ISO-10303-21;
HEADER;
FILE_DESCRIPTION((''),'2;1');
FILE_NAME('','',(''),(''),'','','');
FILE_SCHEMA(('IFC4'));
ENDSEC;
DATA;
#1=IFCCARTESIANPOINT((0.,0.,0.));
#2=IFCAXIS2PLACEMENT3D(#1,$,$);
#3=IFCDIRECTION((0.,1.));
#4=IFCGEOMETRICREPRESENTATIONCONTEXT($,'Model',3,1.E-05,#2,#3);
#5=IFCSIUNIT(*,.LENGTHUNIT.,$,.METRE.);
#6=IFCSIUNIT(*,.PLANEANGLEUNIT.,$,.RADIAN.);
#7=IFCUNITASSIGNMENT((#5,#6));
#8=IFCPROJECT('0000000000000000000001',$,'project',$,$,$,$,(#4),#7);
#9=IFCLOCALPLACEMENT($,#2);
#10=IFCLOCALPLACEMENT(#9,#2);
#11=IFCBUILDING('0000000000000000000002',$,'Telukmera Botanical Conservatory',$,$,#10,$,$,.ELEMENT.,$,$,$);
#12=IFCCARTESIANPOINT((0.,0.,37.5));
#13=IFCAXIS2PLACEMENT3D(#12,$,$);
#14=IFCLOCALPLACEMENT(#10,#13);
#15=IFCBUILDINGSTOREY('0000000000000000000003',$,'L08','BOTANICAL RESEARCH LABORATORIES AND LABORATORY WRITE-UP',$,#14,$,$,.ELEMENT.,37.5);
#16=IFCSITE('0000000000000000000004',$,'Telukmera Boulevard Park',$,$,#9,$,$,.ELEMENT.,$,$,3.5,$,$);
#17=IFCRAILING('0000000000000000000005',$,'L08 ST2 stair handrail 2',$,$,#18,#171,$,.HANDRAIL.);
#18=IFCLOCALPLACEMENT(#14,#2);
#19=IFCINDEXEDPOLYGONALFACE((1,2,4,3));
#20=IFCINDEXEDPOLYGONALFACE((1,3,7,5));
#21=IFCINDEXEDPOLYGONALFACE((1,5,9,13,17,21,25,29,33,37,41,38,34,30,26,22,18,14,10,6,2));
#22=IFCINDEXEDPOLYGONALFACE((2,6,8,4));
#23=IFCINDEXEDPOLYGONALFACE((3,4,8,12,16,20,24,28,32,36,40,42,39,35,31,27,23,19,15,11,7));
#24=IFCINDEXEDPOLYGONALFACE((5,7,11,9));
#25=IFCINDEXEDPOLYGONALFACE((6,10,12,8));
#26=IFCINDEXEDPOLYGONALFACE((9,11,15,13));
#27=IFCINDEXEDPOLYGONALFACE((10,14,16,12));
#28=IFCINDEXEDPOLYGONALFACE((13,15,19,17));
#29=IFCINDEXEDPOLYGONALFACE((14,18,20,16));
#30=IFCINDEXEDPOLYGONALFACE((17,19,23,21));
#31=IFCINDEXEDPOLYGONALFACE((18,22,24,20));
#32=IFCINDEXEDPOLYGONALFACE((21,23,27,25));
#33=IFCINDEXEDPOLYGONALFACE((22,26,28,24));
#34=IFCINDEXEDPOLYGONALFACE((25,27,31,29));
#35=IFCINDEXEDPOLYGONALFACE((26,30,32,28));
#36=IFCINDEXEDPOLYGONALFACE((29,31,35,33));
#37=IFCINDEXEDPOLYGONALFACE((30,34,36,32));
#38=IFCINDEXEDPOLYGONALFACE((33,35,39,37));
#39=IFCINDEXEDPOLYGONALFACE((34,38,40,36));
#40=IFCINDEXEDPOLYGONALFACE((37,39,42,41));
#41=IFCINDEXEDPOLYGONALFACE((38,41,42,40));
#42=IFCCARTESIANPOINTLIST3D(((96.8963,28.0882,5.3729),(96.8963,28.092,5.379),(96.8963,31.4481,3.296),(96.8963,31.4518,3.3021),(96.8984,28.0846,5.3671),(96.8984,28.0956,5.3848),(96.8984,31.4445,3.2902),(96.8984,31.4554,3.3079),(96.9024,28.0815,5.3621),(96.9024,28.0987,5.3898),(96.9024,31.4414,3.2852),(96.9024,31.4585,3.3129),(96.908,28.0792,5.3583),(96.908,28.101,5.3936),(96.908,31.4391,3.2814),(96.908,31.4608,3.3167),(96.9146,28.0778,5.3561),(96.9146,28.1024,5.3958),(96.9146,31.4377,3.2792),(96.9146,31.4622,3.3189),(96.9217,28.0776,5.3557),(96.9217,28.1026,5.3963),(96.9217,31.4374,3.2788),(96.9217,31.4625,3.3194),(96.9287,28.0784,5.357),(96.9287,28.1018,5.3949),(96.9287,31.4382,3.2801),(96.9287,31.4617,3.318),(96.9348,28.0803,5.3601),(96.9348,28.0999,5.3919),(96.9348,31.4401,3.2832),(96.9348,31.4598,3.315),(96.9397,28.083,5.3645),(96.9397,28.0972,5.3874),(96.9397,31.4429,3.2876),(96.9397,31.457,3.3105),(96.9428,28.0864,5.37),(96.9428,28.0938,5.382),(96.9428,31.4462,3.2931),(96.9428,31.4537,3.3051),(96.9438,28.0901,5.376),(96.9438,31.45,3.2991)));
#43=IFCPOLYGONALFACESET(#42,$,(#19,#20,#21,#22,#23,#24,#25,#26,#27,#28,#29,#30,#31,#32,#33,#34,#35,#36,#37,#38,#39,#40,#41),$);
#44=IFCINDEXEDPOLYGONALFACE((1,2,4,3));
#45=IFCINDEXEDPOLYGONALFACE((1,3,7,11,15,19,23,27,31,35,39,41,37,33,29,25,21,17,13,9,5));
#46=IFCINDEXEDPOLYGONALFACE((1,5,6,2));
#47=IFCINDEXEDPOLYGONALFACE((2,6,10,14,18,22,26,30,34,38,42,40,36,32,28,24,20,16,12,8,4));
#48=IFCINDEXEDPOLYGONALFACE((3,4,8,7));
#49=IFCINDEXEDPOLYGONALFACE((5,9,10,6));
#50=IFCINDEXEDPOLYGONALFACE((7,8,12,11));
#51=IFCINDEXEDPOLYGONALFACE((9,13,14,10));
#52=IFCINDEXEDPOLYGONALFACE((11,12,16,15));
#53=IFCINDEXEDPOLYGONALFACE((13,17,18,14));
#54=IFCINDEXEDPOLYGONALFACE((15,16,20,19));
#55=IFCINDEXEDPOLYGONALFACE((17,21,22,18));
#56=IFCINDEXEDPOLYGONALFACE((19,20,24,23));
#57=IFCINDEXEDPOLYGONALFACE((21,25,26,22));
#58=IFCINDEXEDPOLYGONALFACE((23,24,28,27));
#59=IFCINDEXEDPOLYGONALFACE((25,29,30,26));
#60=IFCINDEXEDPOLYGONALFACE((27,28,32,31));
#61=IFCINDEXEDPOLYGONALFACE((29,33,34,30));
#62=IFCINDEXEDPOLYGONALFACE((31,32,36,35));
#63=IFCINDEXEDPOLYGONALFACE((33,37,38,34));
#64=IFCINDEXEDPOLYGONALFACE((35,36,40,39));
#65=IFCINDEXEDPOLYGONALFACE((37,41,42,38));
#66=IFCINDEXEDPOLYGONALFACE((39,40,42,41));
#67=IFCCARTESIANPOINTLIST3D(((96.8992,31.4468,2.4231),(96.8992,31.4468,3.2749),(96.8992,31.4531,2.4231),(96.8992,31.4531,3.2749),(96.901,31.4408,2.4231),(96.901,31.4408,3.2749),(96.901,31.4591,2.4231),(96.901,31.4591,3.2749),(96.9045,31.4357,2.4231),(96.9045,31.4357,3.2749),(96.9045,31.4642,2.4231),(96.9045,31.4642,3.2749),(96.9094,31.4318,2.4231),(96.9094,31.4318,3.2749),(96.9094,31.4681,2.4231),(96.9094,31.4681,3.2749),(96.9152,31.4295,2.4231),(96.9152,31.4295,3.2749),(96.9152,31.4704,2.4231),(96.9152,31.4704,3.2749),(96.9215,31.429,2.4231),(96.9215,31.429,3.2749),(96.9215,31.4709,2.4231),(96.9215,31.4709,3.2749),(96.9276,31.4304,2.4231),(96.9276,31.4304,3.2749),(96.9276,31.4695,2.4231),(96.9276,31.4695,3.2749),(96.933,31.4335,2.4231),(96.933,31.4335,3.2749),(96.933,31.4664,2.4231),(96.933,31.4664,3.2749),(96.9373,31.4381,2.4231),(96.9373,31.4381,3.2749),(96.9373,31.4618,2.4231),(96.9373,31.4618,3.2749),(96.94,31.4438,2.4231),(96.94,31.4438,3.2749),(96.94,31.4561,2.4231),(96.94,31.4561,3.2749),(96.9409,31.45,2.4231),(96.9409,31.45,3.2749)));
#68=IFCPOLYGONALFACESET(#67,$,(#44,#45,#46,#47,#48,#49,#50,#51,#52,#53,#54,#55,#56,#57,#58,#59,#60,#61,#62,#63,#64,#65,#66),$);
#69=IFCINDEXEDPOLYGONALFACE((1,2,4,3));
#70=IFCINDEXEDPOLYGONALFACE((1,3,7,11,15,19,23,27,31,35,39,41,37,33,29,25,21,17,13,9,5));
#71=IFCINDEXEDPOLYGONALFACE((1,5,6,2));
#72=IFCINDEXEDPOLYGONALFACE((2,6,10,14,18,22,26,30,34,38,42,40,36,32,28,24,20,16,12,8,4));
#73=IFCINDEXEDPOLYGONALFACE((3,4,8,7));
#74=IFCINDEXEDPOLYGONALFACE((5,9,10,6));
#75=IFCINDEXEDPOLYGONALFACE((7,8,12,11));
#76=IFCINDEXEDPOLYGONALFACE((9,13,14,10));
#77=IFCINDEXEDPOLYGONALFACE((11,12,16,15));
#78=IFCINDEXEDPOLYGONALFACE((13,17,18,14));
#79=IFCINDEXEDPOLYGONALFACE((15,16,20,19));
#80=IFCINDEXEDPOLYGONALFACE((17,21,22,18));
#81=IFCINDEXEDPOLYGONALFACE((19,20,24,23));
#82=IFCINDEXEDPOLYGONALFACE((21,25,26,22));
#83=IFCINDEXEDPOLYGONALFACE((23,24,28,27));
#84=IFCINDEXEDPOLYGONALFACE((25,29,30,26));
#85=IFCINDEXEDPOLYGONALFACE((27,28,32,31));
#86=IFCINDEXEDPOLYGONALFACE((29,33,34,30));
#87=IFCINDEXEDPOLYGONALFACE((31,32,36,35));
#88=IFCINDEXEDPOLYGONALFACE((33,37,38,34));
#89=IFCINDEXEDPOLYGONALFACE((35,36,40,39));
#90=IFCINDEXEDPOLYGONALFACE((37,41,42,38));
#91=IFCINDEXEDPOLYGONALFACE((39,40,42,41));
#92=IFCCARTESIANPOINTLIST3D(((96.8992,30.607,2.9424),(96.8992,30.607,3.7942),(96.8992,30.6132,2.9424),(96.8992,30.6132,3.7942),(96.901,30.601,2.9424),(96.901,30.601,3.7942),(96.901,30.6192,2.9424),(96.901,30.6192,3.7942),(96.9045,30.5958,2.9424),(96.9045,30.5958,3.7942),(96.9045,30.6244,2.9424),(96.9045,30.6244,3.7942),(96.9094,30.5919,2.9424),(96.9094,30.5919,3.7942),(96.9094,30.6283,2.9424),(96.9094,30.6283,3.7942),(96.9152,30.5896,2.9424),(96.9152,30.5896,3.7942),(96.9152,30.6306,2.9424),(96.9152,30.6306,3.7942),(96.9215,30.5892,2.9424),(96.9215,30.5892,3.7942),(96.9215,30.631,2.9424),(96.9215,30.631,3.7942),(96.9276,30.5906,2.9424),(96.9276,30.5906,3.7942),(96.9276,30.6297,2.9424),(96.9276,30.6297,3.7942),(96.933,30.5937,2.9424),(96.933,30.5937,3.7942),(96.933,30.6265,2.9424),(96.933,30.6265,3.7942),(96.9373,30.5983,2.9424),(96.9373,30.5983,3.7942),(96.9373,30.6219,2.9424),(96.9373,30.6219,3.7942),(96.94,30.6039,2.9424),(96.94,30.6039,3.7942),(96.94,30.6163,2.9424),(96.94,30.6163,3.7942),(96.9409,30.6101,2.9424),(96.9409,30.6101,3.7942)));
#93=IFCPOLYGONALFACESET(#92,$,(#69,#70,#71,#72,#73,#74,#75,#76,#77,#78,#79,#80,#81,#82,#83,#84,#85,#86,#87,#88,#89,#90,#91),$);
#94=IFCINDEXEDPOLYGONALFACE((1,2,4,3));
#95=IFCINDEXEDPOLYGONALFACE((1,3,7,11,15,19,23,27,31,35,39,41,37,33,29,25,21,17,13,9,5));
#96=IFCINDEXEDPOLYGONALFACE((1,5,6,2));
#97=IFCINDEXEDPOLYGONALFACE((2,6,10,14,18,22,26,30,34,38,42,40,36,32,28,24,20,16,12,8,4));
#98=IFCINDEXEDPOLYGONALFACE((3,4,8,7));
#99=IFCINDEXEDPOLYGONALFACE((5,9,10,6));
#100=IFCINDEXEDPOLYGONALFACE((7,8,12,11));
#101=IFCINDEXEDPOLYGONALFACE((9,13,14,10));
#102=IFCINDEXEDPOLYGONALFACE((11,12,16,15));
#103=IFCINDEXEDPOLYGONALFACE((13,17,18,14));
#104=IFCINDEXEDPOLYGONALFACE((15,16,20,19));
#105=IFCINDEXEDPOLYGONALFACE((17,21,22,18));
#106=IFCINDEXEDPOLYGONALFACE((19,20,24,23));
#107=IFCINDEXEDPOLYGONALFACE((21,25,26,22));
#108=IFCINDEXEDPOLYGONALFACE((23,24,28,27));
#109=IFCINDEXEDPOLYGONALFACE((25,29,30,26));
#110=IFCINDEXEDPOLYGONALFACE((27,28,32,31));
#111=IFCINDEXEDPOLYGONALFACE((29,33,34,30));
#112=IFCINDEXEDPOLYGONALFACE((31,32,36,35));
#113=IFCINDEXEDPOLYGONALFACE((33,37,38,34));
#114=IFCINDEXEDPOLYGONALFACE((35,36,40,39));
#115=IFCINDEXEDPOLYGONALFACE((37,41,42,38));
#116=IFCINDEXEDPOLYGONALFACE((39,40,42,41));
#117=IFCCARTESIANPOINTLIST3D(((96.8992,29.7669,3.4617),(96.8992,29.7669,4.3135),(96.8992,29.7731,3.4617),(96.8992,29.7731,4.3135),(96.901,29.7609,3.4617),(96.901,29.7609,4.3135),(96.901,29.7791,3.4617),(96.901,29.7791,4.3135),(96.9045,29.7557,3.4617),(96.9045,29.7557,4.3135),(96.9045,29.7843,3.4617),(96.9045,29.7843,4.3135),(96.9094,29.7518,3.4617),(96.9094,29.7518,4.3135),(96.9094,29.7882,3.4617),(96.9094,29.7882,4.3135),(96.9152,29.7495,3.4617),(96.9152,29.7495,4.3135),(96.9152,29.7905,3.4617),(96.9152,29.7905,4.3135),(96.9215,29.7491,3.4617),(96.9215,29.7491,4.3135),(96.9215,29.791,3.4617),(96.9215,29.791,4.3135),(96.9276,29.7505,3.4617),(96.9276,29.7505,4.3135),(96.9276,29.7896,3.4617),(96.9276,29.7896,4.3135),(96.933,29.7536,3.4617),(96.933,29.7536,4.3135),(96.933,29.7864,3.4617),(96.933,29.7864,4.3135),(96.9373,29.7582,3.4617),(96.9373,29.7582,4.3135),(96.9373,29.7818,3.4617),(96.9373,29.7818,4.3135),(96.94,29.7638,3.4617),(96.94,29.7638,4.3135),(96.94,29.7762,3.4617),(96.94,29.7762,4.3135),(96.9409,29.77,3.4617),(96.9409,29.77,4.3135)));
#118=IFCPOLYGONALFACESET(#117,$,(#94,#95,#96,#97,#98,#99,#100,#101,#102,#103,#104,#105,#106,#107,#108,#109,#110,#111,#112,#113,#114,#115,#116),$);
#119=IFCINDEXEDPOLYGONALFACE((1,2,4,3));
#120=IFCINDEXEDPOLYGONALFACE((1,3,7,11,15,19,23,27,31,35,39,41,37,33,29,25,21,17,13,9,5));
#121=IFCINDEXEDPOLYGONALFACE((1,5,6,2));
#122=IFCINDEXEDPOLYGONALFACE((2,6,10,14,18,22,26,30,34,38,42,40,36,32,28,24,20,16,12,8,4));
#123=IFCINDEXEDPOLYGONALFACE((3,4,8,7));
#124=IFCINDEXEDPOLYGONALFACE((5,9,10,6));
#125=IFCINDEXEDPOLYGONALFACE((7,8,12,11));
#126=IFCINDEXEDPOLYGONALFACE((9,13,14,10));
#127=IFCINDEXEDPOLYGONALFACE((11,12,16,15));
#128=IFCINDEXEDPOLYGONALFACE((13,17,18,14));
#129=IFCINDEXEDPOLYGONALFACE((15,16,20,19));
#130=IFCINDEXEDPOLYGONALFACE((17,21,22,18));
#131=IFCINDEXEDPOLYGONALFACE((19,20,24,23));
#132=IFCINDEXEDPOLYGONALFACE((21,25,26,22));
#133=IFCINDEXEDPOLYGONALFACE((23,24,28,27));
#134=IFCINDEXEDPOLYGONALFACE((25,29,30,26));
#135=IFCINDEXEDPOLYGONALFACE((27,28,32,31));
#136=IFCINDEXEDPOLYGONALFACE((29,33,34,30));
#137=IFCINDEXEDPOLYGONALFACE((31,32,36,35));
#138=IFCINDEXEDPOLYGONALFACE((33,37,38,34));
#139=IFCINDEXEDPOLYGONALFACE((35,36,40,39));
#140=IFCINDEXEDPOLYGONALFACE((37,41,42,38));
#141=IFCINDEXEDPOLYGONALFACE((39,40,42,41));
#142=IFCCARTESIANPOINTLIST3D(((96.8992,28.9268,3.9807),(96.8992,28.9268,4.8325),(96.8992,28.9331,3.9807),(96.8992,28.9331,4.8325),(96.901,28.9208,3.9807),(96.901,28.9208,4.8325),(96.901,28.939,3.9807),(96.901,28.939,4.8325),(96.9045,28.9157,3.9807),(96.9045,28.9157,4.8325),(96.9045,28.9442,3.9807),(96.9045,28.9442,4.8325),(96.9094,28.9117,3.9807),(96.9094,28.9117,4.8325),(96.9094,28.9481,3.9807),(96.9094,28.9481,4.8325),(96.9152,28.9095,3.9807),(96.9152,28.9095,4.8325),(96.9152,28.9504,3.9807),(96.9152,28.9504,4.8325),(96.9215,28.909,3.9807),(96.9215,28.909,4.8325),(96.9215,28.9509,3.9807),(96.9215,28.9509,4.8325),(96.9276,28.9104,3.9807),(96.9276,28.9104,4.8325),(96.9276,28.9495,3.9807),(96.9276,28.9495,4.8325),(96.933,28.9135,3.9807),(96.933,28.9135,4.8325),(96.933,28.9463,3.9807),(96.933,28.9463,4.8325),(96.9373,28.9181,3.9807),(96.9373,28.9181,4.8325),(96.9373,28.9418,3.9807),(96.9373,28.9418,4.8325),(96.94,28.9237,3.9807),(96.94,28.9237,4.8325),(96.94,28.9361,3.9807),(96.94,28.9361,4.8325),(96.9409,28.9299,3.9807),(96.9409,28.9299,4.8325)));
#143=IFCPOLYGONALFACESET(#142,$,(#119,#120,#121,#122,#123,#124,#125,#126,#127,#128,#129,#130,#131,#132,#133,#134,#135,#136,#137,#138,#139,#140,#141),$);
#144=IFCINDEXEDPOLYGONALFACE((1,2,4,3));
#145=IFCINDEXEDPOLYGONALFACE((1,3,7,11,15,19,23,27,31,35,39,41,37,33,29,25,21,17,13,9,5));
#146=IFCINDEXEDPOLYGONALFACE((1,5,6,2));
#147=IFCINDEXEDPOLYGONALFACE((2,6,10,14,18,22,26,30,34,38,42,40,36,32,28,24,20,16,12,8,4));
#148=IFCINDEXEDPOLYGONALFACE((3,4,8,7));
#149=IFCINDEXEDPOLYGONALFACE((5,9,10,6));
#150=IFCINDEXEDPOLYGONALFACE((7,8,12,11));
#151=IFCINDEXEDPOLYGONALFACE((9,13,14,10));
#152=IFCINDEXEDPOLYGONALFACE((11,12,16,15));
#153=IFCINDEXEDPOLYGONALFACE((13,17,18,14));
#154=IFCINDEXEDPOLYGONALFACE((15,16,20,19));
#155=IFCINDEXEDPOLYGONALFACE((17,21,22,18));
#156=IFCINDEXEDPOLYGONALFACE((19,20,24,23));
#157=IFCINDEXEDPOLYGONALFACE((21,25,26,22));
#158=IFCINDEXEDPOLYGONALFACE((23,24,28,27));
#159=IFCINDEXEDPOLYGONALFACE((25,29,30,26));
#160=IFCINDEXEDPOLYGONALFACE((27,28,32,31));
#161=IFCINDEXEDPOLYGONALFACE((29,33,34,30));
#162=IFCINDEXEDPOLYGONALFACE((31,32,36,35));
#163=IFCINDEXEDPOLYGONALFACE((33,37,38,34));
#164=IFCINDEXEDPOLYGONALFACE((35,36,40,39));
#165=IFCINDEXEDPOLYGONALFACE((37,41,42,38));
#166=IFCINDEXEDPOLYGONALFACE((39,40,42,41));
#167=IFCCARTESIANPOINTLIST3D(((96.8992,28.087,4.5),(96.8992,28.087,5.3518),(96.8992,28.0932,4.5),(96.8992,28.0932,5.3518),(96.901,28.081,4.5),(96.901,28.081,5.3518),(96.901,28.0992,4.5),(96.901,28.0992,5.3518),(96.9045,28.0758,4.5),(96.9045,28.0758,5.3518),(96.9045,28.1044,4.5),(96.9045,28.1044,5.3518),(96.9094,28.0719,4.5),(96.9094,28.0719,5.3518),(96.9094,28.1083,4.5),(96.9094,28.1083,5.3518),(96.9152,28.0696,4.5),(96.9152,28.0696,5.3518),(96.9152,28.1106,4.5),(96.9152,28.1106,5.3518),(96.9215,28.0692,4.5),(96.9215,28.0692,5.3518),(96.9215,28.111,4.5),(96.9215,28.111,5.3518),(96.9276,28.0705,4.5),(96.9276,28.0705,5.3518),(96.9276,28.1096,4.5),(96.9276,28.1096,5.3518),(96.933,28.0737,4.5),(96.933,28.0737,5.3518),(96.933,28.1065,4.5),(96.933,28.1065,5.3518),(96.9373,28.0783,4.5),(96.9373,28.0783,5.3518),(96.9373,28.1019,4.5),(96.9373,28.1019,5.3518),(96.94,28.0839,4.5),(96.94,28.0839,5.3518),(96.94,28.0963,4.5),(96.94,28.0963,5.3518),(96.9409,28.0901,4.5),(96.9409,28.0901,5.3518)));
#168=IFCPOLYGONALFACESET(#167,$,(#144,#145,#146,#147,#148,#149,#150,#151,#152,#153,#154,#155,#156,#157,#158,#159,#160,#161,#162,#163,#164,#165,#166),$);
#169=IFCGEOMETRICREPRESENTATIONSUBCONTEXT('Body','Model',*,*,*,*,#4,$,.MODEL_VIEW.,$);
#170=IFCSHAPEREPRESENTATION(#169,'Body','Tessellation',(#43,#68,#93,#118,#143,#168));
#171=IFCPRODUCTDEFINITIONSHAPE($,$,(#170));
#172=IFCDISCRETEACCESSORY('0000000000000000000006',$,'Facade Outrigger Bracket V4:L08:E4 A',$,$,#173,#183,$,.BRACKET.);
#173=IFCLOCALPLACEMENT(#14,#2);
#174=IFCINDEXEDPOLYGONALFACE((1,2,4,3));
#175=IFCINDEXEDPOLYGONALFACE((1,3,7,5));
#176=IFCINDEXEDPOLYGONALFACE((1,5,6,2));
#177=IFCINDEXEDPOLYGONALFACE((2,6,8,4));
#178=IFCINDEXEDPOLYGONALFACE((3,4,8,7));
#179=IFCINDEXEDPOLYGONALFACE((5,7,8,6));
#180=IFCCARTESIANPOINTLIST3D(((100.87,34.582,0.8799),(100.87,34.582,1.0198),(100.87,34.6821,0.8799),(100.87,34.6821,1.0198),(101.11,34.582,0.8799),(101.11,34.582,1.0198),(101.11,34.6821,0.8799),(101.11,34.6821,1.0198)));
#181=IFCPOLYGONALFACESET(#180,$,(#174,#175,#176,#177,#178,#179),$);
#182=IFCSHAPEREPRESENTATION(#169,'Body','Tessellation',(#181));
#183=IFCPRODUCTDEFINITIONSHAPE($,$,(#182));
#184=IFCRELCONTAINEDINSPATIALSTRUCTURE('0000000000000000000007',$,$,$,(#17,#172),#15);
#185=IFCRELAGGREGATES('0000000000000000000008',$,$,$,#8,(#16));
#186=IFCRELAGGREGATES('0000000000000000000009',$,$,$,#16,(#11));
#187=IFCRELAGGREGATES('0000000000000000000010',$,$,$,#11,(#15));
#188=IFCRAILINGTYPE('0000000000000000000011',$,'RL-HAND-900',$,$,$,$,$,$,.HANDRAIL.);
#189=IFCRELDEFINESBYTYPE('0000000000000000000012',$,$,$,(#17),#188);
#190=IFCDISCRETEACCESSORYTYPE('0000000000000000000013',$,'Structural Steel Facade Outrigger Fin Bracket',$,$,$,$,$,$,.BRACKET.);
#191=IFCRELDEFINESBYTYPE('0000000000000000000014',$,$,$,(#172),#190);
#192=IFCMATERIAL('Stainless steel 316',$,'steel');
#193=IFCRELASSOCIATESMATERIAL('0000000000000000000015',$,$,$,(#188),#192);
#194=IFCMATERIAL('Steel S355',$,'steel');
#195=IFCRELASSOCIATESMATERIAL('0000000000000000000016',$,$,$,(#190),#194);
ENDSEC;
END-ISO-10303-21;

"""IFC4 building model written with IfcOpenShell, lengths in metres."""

from ifc_helpers import new_model, si_unit, direction, frame, origin, origin_2d, place, context, subcontext, project, spatial, rectangle, circle, extrude, material, type_object, element, save


model = new_model("IFC4")

# Units and contexts
model_context = context("Model", 3, precision=1e-05, world=origin(), true_north=direction((0.0, 1.0)))
body_context = subcontext(model_context, "Body", "Model", "MODEL_VIEW")
ifc_project = project(units=[si_unit("LENGTHUNIT", "METRE"), si_unit("PLANEANGLEUNIT", "RADIAN")], contexts=[model_context])

# Site, building, storey
site_placement = place(None, origin())
site = spatial("IfcSite", under=ifc_project, at=site_placement, Name="Telukmera Boulevard Park", CompositionType="ELEMENT", RefElevation=3.5)
building_placement = place(site_placement, origin())
building = spatial("IfcBuilding", under=site, at=building_placement, Name="Telukmera Botanical Conservatory", CompositionType="ELEMENT")
storey_placement = place(building_placement, frame((0.0, 0.0, 37.5)))
storey = spatial("IfcBuildingStorey", under=building, at=storey_placement, Name="L08", Description="BOTANICAL RESEARCH LABORATORIES AND LABORATORY WRITE-UP", CompositionType="ELEMENT", Elevation=37.5)

# Railing
ifc_material_1 = material(Name="Steel S355", Category="steel")
ifc_material_2 = material(Name="Stainless steel 316", Category="steel")
railing_type_1 = type_object("IfcRailingType", Name="RL-HAND-900", PredefinedType="HANDRAIL", material=ifc_material_2)
railing_1_placement = place(storey_placement, frame((96.9199, 31.45, 2.4231)))
element("IfcRailing", 1, at=railing_1_placement, inside=storey, type_object=railing_type_1, Name="L08 ST2 stair handrail 2", PredefinedType="HANDRAIL", context=body_context, shape_type="SweptSolid", body=[
    extrude(circle(Radius=0.0239, at=origin_2d()), frame((0.0, 0.0, 0.876), z_axis=(0.0, -0.850606, 0.525803), x_axis=(1.0, 0.0, 0.0)), (0.0, 0.0, 1.0), 3.95),
    extrude(circle(Radius=0.021, at=origin_2d()), origin(), (0.0, 0.0, 1.0), 0.8518),
    extrude(circle(Radius=0.021, at=origin_2d()), frame((0.0, -0.8398, 0.5193)), (0.0, 0.0, 1.0), 0.8518),
    extrude(circle(Radius=0.021, at=origin_2d()), frame((0.0, -1.6799, 1.0386)), (0.0, 0.0, 1.0), 0.8518),
    extrude(circle(Radius=0.021, at=origin_2d()), frame((0.0, -2.52, 1.5576)), (0.0, 0.0, 1.0), 0.8518),
    extrude(circle(Radius=0.021, at=origin_2d()), frame((0.0, -3.3599, 2.0769)), (0.0, 0.0, 1.0), 0.8518),
])

# Discrete accessory
discrete_accessory_type = type_object("IfcDiscreteAccessoryType", Name="Structural Steel Facade Outrigger Fin Bracket", PredefinedType="BRACKET", material=ifc_material_1)
discrete_accessory_placement = place(storey_placement, frame((100.99, 34.6321, 0.8799), z_axis=(0.0, 0.0, 1.0), x_axis=(0.0, 1.0, 0.0)))
element("IfcDiscreteAccessory", 2, at=discrete_accessory_placement, inside=storey, type_object=discrete_accessory_type, Name="Facade Outrigger Bracket V4:L08:E4 A", PredefinedType="BRACKET", context=body_context, shape_type="SweptSolid", body=[
    extrude(rectangle(XDim=0.1001, YDim=0.24, at=origin_2d()), origin(), (0.0, 0.0, 1.0), 0.1399),
])

save(model, "model.ifc")
